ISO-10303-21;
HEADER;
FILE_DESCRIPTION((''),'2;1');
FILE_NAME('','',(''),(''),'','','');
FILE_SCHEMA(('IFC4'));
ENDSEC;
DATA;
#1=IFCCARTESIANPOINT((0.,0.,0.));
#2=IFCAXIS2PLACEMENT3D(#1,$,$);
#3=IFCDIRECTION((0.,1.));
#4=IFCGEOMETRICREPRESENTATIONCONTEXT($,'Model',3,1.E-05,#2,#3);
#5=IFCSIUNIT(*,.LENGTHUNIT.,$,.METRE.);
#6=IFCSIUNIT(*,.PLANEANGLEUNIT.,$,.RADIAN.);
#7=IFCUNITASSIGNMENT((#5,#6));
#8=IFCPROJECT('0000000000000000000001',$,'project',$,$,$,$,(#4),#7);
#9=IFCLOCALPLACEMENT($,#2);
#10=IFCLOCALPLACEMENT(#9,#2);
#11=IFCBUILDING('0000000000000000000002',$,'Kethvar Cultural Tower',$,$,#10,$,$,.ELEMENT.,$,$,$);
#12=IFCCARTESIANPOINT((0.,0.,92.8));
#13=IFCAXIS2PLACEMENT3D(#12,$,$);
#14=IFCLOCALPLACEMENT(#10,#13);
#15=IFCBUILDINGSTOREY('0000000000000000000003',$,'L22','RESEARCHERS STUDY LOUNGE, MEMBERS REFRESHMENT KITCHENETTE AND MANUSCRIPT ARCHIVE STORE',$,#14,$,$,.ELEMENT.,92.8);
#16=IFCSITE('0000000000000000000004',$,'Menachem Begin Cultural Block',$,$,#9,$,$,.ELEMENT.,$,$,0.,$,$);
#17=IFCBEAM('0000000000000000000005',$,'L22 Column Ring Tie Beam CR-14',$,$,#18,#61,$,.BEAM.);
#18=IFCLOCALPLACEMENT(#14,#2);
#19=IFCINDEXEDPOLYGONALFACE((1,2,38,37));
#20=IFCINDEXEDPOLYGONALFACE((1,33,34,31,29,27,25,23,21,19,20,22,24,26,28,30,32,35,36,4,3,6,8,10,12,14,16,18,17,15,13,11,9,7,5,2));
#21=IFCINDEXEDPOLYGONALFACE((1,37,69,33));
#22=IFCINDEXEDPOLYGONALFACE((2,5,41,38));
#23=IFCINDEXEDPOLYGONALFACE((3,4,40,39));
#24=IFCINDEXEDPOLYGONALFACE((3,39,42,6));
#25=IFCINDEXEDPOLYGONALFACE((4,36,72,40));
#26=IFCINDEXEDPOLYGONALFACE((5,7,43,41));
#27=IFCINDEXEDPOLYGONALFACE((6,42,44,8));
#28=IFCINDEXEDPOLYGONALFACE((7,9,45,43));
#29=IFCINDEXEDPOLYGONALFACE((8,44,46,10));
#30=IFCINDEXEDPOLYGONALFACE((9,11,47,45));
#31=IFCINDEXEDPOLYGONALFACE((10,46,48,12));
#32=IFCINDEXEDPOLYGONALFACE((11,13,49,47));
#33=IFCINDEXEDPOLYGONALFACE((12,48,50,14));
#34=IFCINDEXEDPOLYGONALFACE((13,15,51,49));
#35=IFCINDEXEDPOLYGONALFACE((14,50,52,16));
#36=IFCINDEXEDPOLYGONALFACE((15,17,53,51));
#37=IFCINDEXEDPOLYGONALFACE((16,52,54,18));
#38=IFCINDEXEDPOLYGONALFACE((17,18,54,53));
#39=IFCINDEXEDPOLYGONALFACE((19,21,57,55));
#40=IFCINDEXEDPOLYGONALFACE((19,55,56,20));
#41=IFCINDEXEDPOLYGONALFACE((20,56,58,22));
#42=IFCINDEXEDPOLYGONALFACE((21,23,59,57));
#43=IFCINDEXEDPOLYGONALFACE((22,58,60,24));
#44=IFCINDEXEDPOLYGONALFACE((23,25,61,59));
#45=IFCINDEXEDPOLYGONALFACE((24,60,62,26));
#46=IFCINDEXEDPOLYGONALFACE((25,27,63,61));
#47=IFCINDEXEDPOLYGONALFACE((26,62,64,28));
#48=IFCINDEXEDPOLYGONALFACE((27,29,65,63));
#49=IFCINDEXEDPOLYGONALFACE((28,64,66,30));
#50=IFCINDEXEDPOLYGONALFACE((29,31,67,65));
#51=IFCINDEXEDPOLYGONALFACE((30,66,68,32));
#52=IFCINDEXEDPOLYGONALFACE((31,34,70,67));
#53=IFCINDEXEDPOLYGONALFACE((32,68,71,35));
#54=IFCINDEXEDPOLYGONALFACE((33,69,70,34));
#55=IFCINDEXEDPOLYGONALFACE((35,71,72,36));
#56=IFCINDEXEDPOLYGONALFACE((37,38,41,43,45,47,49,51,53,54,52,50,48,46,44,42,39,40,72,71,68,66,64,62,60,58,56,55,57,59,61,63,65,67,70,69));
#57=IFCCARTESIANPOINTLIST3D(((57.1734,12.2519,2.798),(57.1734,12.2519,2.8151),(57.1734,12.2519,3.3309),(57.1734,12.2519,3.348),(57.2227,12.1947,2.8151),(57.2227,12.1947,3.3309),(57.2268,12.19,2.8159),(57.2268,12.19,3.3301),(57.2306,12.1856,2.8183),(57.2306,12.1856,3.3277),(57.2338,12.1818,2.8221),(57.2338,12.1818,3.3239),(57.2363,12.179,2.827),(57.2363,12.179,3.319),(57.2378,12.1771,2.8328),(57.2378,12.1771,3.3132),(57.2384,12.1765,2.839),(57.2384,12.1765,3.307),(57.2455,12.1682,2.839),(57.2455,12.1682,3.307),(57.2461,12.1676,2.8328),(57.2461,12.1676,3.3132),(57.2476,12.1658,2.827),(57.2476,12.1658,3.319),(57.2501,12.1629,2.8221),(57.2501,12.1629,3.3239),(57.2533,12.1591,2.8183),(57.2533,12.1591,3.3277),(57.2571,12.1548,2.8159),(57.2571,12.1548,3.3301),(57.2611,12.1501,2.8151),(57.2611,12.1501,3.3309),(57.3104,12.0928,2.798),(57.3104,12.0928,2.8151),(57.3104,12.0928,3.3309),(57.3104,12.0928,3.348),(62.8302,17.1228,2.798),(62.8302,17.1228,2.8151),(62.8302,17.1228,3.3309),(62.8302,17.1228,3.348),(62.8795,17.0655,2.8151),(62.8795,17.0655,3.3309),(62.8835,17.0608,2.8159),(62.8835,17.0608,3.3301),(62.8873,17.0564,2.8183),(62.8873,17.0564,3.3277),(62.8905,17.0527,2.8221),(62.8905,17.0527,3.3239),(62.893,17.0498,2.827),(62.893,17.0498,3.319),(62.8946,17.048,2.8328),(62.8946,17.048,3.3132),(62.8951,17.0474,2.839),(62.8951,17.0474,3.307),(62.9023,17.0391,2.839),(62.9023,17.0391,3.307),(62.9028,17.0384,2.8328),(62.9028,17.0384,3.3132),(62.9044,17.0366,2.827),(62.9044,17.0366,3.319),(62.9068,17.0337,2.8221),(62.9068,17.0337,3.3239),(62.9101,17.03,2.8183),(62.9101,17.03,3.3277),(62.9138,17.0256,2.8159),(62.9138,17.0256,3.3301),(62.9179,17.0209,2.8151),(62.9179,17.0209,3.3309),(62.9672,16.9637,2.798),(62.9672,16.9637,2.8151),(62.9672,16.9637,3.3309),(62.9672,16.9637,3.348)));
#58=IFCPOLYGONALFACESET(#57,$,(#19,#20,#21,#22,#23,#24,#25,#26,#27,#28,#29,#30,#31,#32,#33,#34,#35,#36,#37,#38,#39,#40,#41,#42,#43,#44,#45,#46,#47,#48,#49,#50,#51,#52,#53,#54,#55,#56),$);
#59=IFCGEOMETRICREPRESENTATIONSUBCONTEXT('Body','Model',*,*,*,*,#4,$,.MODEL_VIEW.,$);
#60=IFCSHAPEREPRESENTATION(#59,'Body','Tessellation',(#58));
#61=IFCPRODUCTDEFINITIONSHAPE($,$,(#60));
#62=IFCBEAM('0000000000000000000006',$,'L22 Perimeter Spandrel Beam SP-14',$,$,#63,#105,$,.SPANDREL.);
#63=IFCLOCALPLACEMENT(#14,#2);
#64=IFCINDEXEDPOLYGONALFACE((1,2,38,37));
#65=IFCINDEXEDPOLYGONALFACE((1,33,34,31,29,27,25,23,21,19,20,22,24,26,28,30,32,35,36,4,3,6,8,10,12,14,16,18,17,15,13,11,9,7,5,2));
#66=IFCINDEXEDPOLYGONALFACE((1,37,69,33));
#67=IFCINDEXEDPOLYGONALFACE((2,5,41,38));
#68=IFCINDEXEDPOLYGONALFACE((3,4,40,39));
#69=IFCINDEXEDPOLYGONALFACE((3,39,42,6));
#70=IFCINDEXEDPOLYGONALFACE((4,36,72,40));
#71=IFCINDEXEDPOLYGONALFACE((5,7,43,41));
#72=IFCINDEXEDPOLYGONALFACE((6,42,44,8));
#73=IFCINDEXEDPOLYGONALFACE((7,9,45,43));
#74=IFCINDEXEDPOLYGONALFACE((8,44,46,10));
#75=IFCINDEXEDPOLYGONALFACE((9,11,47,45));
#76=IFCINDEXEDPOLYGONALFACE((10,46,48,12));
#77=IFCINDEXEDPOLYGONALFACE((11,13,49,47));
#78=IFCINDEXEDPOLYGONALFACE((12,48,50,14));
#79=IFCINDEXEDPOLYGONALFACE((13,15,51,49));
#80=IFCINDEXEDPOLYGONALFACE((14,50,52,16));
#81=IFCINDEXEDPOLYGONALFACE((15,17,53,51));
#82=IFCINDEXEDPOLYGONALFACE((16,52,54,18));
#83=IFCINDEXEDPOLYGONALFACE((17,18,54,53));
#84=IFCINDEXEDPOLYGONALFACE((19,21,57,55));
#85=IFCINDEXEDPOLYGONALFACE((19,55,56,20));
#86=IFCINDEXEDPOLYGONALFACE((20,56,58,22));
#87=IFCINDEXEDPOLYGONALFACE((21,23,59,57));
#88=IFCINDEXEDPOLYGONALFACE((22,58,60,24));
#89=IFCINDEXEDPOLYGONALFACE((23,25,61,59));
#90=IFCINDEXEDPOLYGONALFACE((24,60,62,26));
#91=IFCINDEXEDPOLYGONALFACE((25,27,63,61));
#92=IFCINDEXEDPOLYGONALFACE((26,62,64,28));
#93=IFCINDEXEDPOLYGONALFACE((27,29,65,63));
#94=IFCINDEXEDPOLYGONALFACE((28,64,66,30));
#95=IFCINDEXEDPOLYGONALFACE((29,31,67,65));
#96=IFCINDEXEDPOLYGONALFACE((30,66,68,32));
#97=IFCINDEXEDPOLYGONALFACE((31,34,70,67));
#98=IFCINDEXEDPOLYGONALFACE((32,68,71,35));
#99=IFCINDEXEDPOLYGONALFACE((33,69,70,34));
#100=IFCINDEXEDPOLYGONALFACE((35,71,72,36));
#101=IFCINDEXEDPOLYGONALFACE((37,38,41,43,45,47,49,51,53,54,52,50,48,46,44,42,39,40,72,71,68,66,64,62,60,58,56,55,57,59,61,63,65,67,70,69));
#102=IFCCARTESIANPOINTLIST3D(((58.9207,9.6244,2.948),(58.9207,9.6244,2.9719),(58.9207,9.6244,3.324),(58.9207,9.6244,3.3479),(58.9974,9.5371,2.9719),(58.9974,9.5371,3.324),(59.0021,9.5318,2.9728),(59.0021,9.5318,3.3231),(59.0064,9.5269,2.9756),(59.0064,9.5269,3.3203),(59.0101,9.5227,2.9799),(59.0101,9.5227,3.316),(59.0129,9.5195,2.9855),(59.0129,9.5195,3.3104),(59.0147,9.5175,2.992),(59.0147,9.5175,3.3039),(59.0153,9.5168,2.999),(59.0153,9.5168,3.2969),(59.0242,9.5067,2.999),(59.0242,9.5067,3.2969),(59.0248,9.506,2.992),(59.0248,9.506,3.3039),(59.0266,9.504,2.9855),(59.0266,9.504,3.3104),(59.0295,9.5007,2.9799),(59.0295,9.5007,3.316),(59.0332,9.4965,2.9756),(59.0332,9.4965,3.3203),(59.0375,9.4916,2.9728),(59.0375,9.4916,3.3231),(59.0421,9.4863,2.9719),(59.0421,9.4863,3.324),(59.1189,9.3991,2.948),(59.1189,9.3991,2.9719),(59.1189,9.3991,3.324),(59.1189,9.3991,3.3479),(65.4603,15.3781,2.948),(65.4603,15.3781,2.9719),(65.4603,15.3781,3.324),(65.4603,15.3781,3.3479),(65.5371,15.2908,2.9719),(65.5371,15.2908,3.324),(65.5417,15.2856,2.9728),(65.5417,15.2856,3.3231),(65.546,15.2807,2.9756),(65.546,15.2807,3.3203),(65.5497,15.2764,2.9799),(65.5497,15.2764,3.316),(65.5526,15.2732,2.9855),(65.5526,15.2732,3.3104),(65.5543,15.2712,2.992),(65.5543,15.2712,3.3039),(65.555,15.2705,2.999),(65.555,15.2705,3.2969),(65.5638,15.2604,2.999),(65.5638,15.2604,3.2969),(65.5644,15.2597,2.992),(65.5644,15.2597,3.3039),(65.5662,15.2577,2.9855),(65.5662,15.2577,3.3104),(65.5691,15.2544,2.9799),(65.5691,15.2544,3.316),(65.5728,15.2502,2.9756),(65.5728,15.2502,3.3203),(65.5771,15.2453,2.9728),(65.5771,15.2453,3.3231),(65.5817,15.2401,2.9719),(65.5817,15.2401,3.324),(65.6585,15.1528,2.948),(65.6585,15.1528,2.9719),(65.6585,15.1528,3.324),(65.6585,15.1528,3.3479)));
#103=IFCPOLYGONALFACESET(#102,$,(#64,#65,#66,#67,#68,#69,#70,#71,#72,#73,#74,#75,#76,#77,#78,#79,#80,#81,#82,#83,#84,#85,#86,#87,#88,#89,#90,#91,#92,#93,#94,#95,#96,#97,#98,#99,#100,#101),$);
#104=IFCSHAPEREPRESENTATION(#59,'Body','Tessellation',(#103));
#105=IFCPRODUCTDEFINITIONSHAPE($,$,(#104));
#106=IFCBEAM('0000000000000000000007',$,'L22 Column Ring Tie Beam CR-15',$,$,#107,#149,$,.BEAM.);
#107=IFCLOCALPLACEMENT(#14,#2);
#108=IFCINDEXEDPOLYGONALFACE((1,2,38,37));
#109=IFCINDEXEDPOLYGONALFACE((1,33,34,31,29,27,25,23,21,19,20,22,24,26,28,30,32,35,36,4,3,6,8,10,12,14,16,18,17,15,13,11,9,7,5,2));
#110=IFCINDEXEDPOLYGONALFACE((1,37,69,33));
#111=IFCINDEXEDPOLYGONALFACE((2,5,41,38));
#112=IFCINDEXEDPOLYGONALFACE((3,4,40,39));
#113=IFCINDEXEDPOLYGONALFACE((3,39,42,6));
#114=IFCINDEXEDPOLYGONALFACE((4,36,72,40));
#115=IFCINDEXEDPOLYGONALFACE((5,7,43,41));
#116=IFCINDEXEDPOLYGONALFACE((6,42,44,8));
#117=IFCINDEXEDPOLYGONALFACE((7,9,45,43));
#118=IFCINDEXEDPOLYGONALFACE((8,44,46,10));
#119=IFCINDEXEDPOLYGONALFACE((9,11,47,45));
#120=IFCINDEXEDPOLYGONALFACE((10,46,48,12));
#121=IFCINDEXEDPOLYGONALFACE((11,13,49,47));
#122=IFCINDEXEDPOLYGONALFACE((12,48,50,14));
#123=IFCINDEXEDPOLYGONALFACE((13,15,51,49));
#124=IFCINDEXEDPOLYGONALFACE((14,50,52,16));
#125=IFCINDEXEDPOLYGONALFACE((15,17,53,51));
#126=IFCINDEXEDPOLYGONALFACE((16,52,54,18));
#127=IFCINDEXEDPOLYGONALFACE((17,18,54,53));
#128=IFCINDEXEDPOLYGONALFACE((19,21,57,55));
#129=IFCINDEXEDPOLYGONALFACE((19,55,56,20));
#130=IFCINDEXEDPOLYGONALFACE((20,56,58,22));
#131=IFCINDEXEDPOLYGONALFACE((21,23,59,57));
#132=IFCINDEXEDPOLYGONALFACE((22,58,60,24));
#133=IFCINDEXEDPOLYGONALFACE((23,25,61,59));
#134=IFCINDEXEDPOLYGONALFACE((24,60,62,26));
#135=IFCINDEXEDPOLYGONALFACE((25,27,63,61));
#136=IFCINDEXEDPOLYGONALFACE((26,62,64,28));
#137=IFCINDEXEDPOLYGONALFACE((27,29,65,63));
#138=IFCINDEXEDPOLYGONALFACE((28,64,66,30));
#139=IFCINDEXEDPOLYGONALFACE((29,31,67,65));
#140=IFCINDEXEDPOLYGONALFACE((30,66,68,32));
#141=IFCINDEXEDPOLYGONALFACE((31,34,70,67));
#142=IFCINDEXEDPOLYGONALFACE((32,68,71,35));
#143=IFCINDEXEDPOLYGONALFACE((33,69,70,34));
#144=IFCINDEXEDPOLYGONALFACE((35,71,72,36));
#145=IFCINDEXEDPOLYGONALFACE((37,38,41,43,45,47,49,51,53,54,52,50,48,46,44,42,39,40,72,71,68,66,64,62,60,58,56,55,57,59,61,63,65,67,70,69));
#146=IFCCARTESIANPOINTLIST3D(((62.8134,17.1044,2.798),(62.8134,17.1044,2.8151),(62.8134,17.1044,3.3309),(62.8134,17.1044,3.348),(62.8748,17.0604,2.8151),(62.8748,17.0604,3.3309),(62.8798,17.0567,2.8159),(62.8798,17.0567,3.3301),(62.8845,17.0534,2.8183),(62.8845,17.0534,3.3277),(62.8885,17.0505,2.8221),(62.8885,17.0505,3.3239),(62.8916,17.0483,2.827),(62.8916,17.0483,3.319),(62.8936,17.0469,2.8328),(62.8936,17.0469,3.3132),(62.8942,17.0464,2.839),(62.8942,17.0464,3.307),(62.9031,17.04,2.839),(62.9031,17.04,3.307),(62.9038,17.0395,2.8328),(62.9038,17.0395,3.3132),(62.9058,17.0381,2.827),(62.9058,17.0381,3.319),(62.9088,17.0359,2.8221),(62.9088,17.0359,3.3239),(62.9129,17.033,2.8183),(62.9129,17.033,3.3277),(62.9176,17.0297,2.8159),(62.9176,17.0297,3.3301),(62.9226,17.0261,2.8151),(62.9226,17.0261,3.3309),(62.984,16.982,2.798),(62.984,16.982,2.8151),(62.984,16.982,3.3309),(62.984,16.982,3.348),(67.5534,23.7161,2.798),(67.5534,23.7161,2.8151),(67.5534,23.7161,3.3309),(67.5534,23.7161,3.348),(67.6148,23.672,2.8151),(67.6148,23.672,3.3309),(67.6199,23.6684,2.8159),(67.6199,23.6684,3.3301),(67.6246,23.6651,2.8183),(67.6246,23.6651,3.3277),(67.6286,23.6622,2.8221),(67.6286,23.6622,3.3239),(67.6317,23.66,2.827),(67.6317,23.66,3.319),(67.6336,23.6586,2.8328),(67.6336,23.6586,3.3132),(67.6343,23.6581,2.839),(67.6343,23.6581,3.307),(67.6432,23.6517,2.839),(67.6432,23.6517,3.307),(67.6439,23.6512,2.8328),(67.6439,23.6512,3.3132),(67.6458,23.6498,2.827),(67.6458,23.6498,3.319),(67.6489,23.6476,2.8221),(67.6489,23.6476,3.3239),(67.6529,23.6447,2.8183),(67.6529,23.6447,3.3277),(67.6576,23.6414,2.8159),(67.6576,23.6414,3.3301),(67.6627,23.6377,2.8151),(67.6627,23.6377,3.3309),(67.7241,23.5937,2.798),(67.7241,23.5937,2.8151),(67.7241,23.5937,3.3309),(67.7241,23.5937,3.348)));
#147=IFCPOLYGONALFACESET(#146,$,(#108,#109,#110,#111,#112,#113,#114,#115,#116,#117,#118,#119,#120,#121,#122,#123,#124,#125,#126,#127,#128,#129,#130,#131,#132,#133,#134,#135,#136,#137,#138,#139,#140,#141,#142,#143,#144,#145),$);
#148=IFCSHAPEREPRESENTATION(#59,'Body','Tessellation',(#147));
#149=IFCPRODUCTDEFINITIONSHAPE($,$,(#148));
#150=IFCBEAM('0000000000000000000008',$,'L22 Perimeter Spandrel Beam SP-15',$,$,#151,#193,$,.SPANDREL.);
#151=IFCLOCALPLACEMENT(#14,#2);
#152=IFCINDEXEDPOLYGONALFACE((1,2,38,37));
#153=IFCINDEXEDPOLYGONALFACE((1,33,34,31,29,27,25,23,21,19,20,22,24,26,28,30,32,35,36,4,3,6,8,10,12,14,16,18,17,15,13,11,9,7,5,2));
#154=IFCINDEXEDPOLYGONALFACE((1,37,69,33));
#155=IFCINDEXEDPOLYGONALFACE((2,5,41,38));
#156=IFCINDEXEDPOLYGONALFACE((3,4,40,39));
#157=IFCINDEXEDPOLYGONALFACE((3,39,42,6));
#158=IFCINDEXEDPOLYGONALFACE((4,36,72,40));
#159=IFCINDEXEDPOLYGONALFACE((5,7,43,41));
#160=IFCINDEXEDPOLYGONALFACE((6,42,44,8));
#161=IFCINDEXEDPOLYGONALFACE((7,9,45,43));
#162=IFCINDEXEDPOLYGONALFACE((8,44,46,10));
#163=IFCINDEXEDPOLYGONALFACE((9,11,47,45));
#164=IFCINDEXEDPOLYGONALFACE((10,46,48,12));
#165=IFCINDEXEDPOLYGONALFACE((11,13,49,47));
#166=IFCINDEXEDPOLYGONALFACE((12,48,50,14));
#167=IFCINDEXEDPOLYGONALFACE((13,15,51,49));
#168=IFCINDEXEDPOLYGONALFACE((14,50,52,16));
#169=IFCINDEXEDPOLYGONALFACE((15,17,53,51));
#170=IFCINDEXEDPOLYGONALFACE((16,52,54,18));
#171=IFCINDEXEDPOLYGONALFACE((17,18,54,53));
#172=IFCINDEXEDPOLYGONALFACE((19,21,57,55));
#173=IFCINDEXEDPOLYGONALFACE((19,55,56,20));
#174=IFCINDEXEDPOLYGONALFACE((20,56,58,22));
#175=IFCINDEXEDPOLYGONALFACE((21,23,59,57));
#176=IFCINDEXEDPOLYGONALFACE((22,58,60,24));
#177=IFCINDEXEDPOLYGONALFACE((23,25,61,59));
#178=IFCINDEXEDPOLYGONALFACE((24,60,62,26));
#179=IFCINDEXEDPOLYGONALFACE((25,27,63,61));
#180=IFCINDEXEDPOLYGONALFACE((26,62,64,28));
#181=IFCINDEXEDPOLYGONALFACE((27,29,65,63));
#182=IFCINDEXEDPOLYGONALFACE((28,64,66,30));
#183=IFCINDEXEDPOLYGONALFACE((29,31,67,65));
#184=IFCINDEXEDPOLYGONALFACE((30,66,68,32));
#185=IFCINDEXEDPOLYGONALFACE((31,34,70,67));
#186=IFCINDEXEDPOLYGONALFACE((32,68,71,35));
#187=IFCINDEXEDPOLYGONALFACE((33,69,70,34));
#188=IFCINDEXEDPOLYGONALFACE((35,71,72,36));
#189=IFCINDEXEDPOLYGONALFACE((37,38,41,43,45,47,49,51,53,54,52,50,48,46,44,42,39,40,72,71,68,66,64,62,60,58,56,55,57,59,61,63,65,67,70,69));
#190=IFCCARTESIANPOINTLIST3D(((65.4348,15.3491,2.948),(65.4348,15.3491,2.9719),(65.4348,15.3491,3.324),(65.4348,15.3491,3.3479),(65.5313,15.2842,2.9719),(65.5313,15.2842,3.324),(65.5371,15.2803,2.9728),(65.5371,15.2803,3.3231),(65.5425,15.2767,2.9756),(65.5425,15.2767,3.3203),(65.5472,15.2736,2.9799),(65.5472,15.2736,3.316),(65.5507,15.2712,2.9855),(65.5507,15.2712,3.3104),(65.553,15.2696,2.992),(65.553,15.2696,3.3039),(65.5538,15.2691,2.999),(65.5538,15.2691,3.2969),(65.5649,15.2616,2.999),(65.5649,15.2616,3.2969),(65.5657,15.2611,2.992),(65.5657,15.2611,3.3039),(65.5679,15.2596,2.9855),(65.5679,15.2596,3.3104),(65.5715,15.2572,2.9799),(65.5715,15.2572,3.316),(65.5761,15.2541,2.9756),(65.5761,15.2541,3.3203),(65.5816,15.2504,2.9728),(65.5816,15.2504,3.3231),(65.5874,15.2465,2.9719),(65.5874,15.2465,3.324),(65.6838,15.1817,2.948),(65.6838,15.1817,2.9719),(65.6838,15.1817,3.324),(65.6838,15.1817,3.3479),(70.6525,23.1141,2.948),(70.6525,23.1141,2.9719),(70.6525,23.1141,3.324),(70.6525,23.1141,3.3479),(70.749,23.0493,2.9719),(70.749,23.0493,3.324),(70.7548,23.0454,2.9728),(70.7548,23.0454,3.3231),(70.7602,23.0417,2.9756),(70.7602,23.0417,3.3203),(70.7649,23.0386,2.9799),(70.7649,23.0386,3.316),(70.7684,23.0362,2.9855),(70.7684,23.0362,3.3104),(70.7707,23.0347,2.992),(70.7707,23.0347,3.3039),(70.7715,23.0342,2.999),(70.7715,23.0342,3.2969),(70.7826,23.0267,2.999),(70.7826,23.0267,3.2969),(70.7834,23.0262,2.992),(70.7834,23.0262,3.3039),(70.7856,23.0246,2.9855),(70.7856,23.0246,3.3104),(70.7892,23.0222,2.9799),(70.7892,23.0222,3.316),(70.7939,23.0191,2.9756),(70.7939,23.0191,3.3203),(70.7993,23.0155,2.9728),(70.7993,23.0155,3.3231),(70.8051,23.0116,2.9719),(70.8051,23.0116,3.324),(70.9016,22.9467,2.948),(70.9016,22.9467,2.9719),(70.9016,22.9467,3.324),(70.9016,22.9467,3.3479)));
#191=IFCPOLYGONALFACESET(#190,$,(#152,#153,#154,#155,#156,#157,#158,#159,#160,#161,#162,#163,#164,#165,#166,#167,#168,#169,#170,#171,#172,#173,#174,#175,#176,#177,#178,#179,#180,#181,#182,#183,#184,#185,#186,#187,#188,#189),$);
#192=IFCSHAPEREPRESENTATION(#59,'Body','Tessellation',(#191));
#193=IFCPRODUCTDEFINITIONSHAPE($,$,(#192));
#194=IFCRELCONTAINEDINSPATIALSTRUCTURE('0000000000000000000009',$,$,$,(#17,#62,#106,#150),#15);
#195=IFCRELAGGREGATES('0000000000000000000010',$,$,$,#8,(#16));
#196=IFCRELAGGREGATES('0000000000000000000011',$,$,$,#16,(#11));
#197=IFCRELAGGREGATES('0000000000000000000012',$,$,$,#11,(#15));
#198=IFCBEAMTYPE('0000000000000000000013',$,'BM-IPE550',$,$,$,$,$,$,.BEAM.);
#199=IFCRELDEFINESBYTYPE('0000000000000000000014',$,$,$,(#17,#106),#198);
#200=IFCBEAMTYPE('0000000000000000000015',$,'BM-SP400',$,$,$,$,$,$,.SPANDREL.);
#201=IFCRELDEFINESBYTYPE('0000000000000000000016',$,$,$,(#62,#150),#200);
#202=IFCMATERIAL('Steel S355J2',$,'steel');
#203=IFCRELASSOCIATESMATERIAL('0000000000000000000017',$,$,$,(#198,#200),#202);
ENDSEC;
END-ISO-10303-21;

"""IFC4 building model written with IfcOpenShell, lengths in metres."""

from ifc_helpers import new_model, si_unit, direction, frame, origin, origin_2d, place, context, subcontext, project, spatial, i_section, extrude, source, transform, mapped, material, material_profile, profile_set, type_object, element, save


model = new_model("IFC4")

# Units and contexts
model_context = context("Model", 3, precision=1e-05, world=origin(), true_north=direction((0.0, 1.0)))
body_context = subcontext(model_context, "Body", "Model", "MODEL_VIEW")
ifc_project = project(units=[si_unit("LENGTHUNIT", "METRE"), si_unit("PLANEANGLEUNIT", "RADIAN")], contexts=[model_context])

# Site, building, storey
site_placement = place(None, origin())
site = spatial("IfcSite", under=ifc_project, at=site_placement, Name="Menachem Begin Cultural Block", CompositionType="ELEMENT", RefElevation=0.0)
building_placement = place(site_placement, origin())
building = spatial("IfcBuilding", under=site, at=building_placement, Name="Kethvar Cultural Tower", CompositionType="ELEMENT")
storey_placement = place(building_placement, frame((0.0, 0.0, 92.8)))
storey = spatial("IfcBuildingStorey", under=building, at=storey_placement, Name="L22", Description="RESEARCHERS STUDY LOUNGE, MEMBERS REFRESHMENT KITCHENETTE AND MANUSCRIPT ARCHIVE STORE", CompositionType="ELEMENT", Elevation=92.8)

# Beams
ifc_material_1 = material(Name="Steel S355J2", Category="steel")
ifc_material_profile_1 = material_profile(ifc_material_1, i_section(OverallWidth=0.21, OverallDepth=0.55, WebThickness=0.011, FlangeThickness=0.0171, FilletRadius=0.0239, at=origin_2d()), Name="Steel S355J2 — IPE550")
ifc_profile_set_1 = profile_set([ifc_material_profile_1], Name="Steel S355J2 — IPE550")
beam_type_1 = type_object("IfcBeamType", Name="BM-IPE550", PredefinedType="BEAM", material=ifc_profile_set_1)
shared_shape_1 = source(origin(), body_context, "Body", "SweptSolid", [
    extrude(i_section(OverallWidth=0.21, OverallDepth=0.55, WebThickness=0.011, FlangeThickness=0.0171, FilletRadius=0.0239, at=origin_2d()), origin(), (0.0, 0.0, 1.0), 7.4648),
])
beam_1_placement = place(storey_placement, frame((57.2419, 12.1724, 3.073), z_axis=(0.757784, 0.652505, 0.0), x_axis=(-0.652505, 0.757784, 0.0)))
element("IfcBeam", 1, at=beam_1_placement, inside=storey, type_object=beam_type_1, Name="L22 Column Ring Tie Beam CR-14", PredefinedType="BEAM", context=body_context, shape_type="MappedRepresentation", body=[
    mapped(shared_shape_1, transform((0.0, 0.0, 0.0), scale=1.0)),
])
ifc_material_profile_2 = material_profile(ifc_material_1, i_section(OverallWidth=0.3, OverallDepth=0.3999, WebThickness=0.0134, FlangeThickness=0.0239, FilletRadius=0.0271, at=origin_2d()), Name="Steel S355J2 — HEB400")
ifc_profile_set_2 = profile_set([ifc_material_profile_2], Name="Steel S355J2 — HEB400")
beam_type_2 = type_object("IfcBeamType", Name="BM-SP400", PredefinedType="SPANDREL", material=ifc_profile_set_2)
shared_shape_2 = source(origin(), body_context, "Body", "SweptSolid", [
    extrude(i_section(OverallWidth=0.3, OverallDepth=0.3999, WebThickness=0.0134, FlangeThickness=0.0239, FilletRadius=0.0271, at=origin_2d()), origin(), (0.0, 0.0, 1.0), 8.7104),
])
beam_2_placement = place(storey_placement, frame((59.0198, 9.5117, 3.1479), z_axis=(0.750779, 0.660554, 0.0), x_axis=(-0.660554, 0.750779, 0.0)))
element("IfcBeam", 2, at=beam_2_placement, inside=storey, type_object=beam_type_2, Name="L22 Perimeter Spandrel Beam SP-14", PredefinedType="SPANDREL", context=body_context, shape_type="MappedRepresentation", body=[
    mapped(shared_shape_2, transform((0.0, 0.0, 0.0), scale=1.0)),
])
shared_shape_3 = source(origin(), body_context, "Body", "SweptSolid", [
    extrude(i_section(OverallWidth=0.21, OverallDepth=0.55, WebThickness=0.011, FlangeThickness=0.0171, FilletRadius=0.0239, at=origin_2d()), origin(), (0.0, 0.0, 1.0), 8.1353),
])
beam_3_placement = place(storey_placement, frame((62.8987, 17.0432, 3.073), z_axis=(0.582657, 0.812718, 0.0), x_axis=(-0.812718, 0.582657, 0.0)))
element("IfcBeam", 3, at=beam_3_placement, inside=storey, type_object=beam_type_1, Name="L22 Column Ring Tie Beam CR-15", PredefinedType="BEAM", context=body_context, shape_type="MappedRepresentation", body=[
    mapped(shared_shape_3, transform((0.0, 0.0, 0.0), scale=1.0)),
])
shared_shape_4 = source(origin(), body_context, "Body", "SweptSolid", [
    extrude(i_section(OverallWidth=0.3, OverallDepth=0.3999, WebThickness=0.0134, FlangeThickness=0.0239, FilletRadius=0.0271, at=origin_2d()), origin(), (0.0, 0.0, 1.0), 9.3552),
])
beam_4_placement = place(storey_placement, frame((65.5593, 15.2654, 3.1479), z_axis=(0.557732, 0.830021, 0.0), x_axis=(-0.830021, 0.557732, 0.0)))
element("IfcBeam", 4, at=beam_4_placement, inside=storey, type_object=beam_type_2, Name="L22 Perimeter Spandrel Beam SP-15", PredefinedType="SPANDREL", context=body_context, shape_type="MappedRepresentation", body=[
    mapped(shared_shape_4, transform((0.0, 0.0, 0.0), scale=1.0)),
])

save(model, "model.ifc")
